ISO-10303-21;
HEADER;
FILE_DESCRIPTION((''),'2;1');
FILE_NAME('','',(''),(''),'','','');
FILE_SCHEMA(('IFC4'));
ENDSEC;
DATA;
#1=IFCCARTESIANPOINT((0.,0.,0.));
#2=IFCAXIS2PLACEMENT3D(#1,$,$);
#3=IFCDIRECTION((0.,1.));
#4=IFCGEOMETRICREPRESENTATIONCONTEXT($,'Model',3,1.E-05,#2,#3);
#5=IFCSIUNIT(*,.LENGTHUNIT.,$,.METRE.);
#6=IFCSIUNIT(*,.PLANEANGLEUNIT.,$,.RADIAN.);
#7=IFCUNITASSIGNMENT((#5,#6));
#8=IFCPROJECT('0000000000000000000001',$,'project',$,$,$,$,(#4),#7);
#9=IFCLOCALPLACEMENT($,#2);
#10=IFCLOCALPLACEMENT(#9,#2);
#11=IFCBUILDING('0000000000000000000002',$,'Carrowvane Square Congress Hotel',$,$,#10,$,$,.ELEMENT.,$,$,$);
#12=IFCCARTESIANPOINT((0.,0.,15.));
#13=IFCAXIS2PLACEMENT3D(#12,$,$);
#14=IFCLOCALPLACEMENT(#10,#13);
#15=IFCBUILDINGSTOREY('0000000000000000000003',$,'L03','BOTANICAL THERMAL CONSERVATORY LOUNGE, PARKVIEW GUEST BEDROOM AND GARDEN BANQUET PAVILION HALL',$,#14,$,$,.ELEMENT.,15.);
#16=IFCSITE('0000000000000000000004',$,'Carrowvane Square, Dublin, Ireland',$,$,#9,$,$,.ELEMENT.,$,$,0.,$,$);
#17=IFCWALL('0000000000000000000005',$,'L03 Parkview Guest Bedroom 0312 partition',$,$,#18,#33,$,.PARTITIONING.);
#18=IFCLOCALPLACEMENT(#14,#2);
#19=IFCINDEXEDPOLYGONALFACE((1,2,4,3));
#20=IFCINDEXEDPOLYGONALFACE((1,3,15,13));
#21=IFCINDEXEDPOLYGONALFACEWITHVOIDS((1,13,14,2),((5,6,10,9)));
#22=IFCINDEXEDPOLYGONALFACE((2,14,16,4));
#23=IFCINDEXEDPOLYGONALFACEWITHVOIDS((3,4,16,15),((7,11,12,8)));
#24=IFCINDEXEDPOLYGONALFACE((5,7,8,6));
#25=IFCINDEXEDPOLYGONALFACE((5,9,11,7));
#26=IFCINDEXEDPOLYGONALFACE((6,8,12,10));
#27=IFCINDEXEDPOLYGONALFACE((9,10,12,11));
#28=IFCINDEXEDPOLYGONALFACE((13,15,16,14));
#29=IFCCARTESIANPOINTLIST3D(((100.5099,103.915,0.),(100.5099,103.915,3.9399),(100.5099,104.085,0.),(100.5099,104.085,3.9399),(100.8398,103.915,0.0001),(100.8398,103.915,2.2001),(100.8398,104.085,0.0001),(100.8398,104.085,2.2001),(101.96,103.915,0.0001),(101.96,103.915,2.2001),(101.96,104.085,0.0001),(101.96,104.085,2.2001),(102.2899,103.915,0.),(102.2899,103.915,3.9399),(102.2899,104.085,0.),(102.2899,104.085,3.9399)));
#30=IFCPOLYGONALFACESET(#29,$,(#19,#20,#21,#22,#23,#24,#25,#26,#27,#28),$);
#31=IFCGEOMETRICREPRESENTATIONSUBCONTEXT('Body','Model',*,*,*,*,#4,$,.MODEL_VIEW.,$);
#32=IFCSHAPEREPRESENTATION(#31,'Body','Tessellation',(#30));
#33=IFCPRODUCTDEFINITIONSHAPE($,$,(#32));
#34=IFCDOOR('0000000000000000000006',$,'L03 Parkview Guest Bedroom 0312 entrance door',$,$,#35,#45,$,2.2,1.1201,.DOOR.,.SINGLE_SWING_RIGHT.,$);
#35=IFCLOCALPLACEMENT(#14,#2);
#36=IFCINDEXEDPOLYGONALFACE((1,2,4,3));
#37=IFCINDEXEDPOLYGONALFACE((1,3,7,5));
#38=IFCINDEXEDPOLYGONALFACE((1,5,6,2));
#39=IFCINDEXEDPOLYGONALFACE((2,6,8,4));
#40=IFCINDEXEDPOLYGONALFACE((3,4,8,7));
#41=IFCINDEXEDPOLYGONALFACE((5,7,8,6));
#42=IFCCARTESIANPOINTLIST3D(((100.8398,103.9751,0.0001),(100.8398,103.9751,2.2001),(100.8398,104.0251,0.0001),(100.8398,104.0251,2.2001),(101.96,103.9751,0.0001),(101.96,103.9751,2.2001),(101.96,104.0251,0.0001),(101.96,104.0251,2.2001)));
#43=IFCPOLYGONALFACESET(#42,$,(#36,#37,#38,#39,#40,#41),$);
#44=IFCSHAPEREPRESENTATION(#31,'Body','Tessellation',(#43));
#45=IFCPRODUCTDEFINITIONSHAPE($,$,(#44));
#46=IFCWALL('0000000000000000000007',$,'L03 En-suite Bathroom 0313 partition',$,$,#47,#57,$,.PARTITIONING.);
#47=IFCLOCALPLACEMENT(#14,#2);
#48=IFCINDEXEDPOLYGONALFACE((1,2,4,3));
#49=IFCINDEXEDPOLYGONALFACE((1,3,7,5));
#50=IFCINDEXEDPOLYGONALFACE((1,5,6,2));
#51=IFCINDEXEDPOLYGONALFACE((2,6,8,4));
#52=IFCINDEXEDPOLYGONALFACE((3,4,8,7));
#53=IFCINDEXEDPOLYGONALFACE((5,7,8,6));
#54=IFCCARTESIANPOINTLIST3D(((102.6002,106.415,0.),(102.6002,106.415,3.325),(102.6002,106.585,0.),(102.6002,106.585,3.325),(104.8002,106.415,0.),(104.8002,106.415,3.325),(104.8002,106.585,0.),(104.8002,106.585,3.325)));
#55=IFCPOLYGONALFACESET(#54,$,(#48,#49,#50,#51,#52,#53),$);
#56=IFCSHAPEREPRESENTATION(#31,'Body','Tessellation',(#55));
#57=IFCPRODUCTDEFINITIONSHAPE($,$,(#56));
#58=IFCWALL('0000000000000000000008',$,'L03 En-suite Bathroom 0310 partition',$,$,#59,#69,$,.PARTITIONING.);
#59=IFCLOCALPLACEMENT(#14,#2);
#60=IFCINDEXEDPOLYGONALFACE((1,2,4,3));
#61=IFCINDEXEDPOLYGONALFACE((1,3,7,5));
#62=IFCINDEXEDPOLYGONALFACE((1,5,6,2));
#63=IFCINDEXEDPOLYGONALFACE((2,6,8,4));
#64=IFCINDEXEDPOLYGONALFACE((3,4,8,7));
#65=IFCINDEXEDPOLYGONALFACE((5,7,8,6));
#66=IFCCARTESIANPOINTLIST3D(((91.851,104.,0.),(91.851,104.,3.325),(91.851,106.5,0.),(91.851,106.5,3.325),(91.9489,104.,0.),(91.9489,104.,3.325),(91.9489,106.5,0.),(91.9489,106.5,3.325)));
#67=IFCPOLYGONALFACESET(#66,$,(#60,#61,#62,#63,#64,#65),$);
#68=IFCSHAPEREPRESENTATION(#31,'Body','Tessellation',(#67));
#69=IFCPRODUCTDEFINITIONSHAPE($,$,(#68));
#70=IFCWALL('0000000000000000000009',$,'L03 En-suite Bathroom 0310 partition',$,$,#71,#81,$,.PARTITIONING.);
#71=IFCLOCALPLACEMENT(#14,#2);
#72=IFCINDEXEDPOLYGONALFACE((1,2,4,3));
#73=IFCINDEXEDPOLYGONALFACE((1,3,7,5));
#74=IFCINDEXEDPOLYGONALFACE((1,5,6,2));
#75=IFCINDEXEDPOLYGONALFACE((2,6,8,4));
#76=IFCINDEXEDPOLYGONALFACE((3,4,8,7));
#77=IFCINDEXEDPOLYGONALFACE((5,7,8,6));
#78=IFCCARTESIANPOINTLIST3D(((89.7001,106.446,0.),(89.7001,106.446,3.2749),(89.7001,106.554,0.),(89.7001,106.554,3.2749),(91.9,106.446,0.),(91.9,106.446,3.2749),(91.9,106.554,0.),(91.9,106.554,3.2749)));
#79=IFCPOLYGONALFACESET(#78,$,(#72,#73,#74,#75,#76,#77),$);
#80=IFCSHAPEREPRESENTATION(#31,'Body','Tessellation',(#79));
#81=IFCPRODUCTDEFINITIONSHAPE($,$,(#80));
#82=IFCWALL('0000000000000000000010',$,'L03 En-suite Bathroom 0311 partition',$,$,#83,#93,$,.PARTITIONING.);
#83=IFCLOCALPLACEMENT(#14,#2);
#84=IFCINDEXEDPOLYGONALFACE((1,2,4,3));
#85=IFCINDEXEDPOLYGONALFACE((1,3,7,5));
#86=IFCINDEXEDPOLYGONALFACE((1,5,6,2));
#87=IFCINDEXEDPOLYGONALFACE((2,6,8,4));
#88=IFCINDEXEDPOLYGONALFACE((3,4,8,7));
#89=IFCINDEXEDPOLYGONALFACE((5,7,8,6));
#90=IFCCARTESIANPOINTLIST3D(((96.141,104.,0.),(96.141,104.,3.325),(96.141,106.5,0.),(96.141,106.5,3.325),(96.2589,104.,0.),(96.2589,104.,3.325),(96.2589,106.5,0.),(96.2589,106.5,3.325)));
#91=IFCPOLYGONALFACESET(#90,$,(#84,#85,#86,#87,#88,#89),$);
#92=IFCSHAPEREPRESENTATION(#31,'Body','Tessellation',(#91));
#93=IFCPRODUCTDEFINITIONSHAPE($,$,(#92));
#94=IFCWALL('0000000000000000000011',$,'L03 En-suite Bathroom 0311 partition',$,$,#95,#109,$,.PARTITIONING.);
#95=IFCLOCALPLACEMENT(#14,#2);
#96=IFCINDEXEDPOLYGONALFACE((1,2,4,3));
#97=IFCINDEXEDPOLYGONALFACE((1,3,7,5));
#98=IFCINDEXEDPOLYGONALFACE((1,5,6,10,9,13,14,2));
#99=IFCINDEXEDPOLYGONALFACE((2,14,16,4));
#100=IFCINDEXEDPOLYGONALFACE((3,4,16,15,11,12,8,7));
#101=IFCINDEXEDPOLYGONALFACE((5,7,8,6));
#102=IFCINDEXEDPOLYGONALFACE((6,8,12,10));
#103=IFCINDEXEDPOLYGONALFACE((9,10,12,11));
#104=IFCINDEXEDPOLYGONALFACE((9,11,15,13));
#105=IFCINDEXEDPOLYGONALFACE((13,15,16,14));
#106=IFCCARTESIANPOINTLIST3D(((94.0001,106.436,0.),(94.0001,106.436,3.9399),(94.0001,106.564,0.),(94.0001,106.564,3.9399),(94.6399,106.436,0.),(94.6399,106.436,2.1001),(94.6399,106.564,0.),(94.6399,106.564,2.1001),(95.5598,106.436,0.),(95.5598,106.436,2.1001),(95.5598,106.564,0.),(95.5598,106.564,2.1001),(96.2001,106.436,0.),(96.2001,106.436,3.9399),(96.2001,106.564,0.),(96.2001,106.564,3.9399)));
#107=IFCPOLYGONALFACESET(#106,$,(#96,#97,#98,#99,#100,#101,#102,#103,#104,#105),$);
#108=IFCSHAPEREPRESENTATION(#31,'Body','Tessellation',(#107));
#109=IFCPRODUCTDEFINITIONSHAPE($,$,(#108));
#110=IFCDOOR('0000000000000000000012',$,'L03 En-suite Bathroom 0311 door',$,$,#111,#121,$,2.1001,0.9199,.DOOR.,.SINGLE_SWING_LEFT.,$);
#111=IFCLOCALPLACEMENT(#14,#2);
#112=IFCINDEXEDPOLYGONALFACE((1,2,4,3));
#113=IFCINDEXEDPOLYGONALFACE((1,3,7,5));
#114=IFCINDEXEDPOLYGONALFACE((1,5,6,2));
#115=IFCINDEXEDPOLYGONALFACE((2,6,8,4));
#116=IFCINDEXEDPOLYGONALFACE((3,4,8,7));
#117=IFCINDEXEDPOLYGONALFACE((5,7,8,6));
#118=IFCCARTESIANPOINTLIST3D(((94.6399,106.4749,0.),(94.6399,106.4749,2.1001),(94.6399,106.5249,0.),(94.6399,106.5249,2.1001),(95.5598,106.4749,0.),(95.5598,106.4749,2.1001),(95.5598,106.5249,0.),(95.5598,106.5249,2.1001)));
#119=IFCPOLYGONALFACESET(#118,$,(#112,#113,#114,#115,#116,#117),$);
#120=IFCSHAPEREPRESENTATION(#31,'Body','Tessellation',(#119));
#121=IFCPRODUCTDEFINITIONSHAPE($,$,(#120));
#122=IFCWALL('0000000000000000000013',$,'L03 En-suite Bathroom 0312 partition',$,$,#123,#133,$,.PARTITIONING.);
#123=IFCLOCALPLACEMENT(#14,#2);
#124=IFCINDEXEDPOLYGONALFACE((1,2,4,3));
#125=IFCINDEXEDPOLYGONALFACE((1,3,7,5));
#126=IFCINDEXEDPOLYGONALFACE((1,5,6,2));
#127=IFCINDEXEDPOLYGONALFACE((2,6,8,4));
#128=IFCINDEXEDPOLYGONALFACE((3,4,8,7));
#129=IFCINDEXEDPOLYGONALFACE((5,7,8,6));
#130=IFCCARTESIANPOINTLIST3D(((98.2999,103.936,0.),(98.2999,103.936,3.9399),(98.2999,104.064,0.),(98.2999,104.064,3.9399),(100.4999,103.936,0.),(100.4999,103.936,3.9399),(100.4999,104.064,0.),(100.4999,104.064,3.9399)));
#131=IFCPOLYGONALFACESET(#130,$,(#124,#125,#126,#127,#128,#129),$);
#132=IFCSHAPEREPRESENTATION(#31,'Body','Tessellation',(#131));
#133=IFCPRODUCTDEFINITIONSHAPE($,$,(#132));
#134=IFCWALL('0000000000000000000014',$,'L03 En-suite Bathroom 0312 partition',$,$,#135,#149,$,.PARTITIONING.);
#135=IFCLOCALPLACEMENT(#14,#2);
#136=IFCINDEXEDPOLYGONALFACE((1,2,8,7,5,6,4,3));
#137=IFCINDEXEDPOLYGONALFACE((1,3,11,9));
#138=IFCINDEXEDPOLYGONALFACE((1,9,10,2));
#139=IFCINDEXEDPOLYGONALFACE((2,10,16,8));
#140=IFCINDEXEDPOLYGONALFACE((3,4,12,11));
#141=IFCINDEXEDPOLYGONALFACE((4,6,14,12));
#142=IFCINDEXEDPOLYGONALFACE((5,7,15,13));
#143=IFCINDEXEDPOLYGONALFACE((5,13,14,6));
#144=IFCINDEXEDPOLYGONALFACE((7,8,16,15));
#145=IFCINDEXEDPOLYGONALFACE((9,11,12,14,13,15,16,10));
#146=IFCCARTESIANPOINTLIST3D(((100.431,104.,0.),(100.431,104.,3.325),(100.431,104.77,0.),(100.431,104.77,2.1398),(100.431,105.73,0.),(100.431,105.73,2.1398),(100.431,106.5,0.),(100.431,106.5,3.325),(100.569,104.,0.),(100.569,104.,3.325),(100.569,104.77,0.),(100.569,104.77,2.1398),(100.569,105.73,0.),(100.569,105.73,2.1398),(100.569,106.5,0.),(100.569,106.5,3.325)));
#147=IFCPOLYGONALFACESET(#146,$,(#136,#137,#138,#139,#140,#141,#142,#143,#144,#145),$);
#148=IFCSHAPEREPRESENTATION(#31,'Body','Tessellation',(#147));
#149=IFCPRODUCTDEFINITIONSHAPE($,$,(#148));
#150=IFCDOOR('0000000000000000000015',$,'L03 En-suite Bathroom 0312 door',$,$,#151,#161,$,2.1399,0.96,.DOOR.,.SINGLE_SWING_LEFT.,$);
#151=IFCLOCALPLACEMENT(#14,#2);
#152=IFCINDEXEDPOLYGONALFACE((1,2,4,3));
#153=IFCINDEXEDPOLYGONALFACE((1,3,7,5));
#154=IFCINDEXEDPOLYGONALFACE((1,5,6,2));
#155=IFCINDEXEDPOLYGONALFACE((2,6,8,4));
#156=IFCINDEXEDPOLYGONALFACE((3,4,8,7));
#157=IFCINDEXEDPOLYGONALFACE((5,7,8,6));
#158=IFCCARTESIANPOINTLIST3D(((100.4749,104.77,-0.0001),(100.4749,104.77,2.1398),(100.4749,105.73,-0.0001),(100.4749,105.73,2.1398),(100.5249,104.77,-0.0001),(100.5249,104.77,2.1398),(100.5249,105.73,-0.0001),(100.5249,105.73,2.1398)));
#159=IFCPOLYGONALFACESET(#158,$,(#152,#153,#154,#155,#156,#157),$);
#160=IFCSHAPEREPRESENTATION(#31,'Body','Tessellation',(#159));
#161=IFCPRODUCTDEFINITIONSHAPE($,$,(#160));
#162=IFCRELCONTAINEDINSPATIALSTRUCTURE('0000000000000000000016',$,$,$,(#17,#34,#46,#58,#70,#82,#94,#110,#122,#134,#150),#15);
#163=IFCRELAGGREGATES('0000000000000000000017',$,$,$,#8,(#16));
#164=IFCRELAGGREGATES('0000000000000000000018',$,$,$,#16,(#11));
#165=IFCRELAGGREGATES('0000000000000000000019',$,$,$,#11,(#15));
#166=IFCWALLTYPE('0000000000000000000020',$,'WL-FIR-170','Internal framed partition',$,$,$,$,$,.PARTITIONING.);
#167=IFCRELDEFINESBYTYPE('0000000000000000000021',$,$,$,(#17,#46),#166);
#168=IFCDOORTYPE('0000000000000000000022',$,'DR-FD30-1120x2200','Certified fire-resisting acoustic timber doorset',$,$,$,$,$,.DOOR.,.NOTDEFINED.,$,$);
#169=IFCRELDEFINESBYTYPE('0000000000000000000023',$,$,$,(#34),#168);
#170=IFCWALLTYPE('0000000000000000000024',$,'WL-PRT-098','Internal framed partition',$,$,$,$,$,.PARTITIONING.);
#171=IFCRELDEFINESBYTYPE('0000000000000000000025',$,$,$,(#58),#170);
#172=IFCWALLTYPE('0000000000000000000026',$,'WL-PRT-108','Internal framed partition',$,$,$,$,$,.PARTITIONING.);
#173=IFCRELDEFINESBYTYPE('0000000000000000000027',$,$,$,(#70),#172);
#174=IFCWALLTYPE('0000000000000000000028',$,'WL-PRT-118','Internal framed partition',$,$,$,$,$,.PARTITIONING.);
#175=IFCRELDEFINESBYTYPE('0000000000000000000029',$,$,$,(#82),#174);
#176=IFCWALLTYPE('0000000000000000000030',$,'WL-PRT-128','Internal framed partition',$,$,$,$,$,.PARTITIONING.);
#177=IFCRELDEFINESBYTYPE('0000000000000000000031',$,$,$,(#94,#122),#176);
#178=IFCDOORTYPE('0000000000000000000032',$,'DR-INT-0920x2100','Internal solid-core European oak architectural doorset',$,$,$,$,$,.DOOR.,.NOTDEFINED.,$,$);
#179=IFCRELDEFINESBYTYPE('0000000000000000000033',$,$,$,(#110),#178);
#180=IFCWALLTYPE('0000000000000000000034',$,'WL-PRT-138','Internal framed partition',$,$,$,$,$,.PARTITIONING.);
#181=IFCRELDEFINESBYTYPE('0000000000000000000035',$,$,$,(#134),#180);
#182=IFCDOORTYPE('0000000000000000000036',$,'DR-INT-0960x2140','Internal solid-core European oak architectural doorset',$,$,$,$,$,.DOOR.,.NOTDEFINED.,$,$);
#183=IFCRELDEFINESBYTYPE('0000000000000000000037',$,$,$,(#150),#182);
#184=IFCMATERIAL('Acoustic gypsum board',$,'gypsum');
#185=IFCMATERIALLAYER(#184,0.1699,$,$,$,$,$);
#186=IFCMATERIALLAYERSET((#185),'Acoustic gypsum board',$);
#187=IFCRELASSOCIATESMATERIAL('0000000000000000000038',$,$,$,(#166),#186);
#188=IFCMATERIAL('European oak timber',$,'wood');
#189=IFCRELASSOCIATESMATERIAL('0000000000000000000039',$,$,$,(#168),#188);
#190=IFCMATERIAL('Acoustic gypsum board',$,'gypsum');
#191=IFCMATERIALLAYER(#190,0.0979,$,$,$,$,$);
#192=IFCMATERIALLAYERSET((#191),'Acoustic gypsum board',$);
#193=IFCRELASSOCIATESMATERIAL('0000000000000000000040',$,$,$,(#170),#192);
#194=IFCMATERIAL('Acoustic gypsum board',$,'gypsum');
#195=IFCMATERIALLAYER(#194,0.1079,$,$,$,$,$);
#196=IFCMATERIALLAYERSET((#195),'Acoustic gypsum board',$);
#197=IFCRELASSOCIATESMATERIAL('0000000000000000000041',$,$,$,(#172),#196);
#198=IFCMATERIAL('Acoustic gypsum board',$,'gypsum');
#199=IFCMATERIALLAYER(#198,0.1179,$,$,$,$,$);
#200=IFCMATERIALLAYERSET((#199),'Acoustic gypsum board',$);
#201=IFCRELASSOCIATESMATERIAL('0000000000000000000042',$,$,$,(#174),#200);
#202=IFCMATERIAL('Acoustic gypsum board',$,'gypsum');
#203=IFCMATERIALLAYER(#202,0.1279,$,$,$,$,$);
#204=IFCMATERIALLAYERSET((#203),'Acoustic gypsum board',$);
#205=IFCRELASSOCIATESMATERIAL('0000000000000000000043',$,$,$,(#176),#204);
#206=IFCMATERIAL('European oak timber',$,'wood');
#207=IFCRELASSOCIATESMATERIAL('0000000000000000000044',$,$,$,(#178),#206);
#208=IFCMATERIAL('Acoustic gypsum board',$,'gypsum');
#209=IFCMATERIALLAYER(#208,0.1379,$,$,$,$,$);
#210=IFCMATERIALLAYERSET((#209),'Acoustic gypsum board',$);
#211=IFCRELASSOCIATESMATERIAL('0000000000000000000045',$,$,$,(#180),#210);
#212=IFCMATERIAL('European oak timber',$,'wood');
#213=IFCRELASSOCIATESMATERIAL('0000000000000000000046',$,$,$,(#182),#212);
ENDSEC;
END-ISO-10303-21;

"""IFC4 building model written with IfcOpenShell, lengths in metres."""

from ifc_helpers import new_model, si_unit, direction, frame, frame_2d, origin, place, context, subcontext, project, spatial, rectangle, extrude, material, layer, layer_set, type_object, element, fill, save


model = new_model("IFC4")

# Units and contexts
model_context = context("Model", 3, precision=1e-05, world=origin(), true_north=direction((0.0, 1.0)))
body_context = subcontext(model_context, "Body", "Model", "MODEL_VIEW")
ifc_project = project(units=[si_unit("LENGTHUNIT", "METRE"), si_unit("PLANEANGLEUNIT", "RADIAN")], contexts=[model_context])

# Site, building, storey
site_placement = place(None, origin())
site = spatial("IfcSite", under=ifc_project, at=site_placement, Name="Carrowvane Square, Dublin, Ireland", CompositionType="ELEMENT", RefElevation=0.0)
building_placement = place(site_placement, origin())
building = spatial("IfcBuilding", under=site, at=building_placement, Name="Carrowvane Square Congress Hotel", CompositionType="ELEMENT")
storey_placement = place(building_placement, frame((0.0, 0.0, 15.0)))
storey = spatial("IfcBuildingStorey", under=building, at=storey_placement, Name="L03", Description="BOTANICAL THERMAL CONSERVATORY LOUNGE, PARKVIEW GUEST BEDROOM AND GARDEN BANQUET PAVILION HALL", CompositionType="ELEMENT", Elevation=15.0)

# Wall, opening, door
ifc_material_1 = material(Name="Acoustic gypsum board", Category="gypsum")
ifc_layer_1 = layer(ifc_material_1, 0.1699)
ifc_layer_set_1 = layer_set([ifc_layer_1], Name="Acoustic gypsum board")
wall_type_1 = type_object("IfcWallType", Name="WL-FIR-170", Description="Internal framed partition", PredefinedType="PARTITIONING", material=ifc_layer_set_1)
wall_1_placement = place(storey_placement, frame((102.29, 104.0, 0.0), z_axis=(0.0, 0.0, 1.0), x_axis=(-1.0, 0.0, 0.0)))
wall_1 = element("IfcWall", 1, at=wall_1_placement, inside=storey, type_object=wall_type_1, Name="L03 Parkview Guest Bedroom 0312 partition", PredefinedType="PARTITIONING", context=body_context, shape_type="SweptSolid", body=[
    extrude(rectangle(XDim=1.78, YDim=0.1699, at=frame_2d((0.8901, 0.0))), origin(), (0.0, 0.0, 1.0), 3.9399),
])
opening_1_placement = place(wall_1_placement, frame((0.3301, 0.0, 0.0)))
opening_1 = element("IfcOpeningElement", 2, at=opening_1_placement, cuts=wall_1, PredefinedType="OPENING", context=body_context, shape_type="SweptSolid", body=[
    extrude(rectangle(XDim=1.1201, YDim=2.2, at=frame_2d((0.5601, 1.1001))), frame((0.0, 0.095, 0.0), z_axis=(0.0, -1.0, 0.0), x_axis=(1.0, 0.0, 0.0)), (0.0, 0.0, 1.0), 0.1899),
])
ifc_material_2 = material(Name="European oak timber", Category="wood")
door_type_1 = type_object("IfcDoorType", Name="DR-FD30-1120x2200", Description="Certified fire-resisting acoustic timber doorset", OperationType="NOTDEFINED", PredefinedType="DOOR", material=ifc_material_2)
door_1_placement = place(opening_1_placement, origin())
door_1 = element("IfcDoor", 3, at=door_1_placement, inside=storey, type_object=door_type_1, Name="L03 Parkview Guest Bedroom 0312 entrance door", OperationType="SINGLE_SWING_RIGHT", OverallHeight=2.2, OverallWidth=1.1201, PredefinedType="DOOR", context=body_context, shape_type="SweptSolid", body=[
    extrude(rectangle(XDim=1.1201, YDim=2.2, at=frame_2d((0.5601, 1.1001))), frame((0.0, 0.0249, 0.0), z_axis=(0.0, -1.0, 0.0), x_axis=(1.0, 0.0, 0.0)), (0.0, 0.0, 1.0), 0.05),
])
fill(opening_1, door_1)

# Walls
wall_2_placement = place(storey_placement, frame((102.6001, 106.5, 0.0), z_axis=(0.0, 0.0, 1.0), x_axis=(1.0, 0.0, 0.0)))
element("IfcWall", 4, at=wall_2_placement, inside=storey, type_object=wall_type_1, Name="L03 En-suite Bathroom 0313 partition", PredefinedType="PARTITIONING", context=body_context, shape_type="SweptSolid", body=[
    extrude(rectangle(XDim=2.2, YDim=0.1699, at=frame_2d((1.1001, 0.0))), origin(), (0.0, 0.0, 1.0), 3.325),
])
ifc_material_3 = material(Name="Acoustic gypsum board", Category="gypsum")
ifc_layer_2 = layer(ifc_material_3, 0.0979)
ifc_layer_set_2 = layer_set([ifc_layer_2], Name="Acoustic gypsum board")
wall_type_2 = type_object("IfcWallType", Name="WL-PRT-098", Description="Internal framed partition", PredefinedType="PARTITIONING", material=ifc_layer_set_2)
wall_3_placement = place(storey_placement, frame((91.8999, 106.5, 0.0), z_axis=(0.0, 0.0, 1.0), x_axis=(0.0, -1.0, 0.0)))
element("IfcWall", 5, at=wall_3_placement, inside=storey, type_object=wall_type_2, Name="L03 En-suite Bathroom 0310 partition", PredefinedType="PARTITIONING", context=body_context, shape_type="SweptSolid", body=[
    extrude(rectangle(XDim=2.5, YDim=0.0979, at=frame_2d((1.25, 0.0))), origin(), (0.0, 0.0, 1.0), 3.325),
])
ifc_material_4 = material(Name="Acoustic gypsum board", Category="gypsum")
ifc_layer_3 = layer(ifc_material_4, 0.1079)
ifc_layer_set_3 = layer_set([ifc_layer_3], Name="Acoustic gypsum board")
wall_type_3 = type_object("IfcWallType", Name="WL-PRT-108", Description="Internal framed partition", PredefinedType="PARTITIONING", material=ifc_layer_set_3)
wall_4_placement = place(storey_placement, frame((89.7, 106.5, 0.0), z_axis=(0.0, 0.0, 1.0), x_axis=(1.0, 0.0, 0.0)))
element("IfcWall", 6, at=wall_4_placement, inside=storey, type_object=wall_type_3, Name="L03 En-suite Bathroom 0310 partition", PredefinedType="PARTITIONING", context=body_context, shape_type="SweptSolid", body=[
    extrude(rectangle(XDim=2.2, YDim=0.1079, at=frame_2d((1.1001, 0.0))), origin(), (0.0, 0.0, 1.0), 3.2749),
])
ifc_material_5 = material(Name="Acoustic gypsum board", Category="gypsum")
ifc_layer_4 = layer(ifc_material_5, 0.1179)
ifc_layer_set_4 = layer_set([ifc_layer_4], Name="Acoustic gypsum board")
wall_type_4 = type_object("IfcWallType", Name="WL-PRT-118", Description="Internal framed partition", PredefinedType="PARTITIONING", material=ifc_layer_set_4)
wall_5_placement = place(storey_placement, frame((96.2, 106.5, 0.0), z_axis=(0.0, 0.0, 1.0), x_axis=(0.0, -1.0, 0.0)))
element("IfcWall", 7, at=wall_5_placement, inside=storey, type_object=wall_type_4, Name="L03 En-suite Bathroom 0311 partition", PredefinedType="PARTITIONING", context=body_context, shape_type="SweptSolid", body=[
    extrude(rectangle(XDim=2.5, YDim=0.1179, at=frame_2d((1.25, 0.0))), origin(), (0.0, 0.0, 1.0), 3.325),
])

# Wall, opening, door
ifc_material_6 = material(Name="Acoustic gypsum board", Category="gypsum")
ifc_layer_5 = layer(ifc_material_6, 0.1279)
ifc_layer_set_5 = layer_set([ifc_layer_5], Name="Acoustic gypsum board")
wall_type_5 = type_object("IfcWallType", Name="WL-PRT-128", Description="Internal framed partition", PredefinedType="PARTITIONING", material=ifc_layer_set_5)
wall_6_placement = place(storey_placement, frame((94.0, 106.5, 0.0), z_axis=(0.0, 0.0, 1.0), x_axis=(1.0, 0.0, 0.0)))
wall_6 = element("IfcWall", 8, at=wall_6_placement, inside=storey, type_object=wall_type_5, Name="L03 En-suite Bathroom 0311 partition", PredefinedType="PARTITIONING", context=body_context, shape_type="SweptSolid", body=[
    extrude(rectangle(XDim=2.2, YDim=0.1279, at=frame_2d((1.1001, 0.0))), origin(), (0.0, 0.0, 1.0), 3.9399),
])
opening_2_placement = place(wall_6_placement, frame((0.6399, 0.0, 0.0)))
opening_2 = element("IfcOpeningElement", 9, at=opening_2_placement, cuts=wall_6, PredefinedType="OPENING", context=body_context, shape_type="SweptSolid", body=[
    extrude(rectangle(XDim=0.9199, YDim=2.1001, at=frame_2d((0.46, 1.05))), frame((0.0, 0.074, 0.0), z_axis=(0.0, -1.0, 0.0), x_axis=(1.0, 0.0, 0.0)), (0.0, 0.0, 1.0), 0.1479),
])
ifc_material_7 = material(Name="European oak timber", Category="wood")
door_type_2 = type_object("IfcDoorType", Name="DR-INT-0920x2100", Description="Internal solid-core European oak architectural doorset", OperationType="NOTDEFINED", PredefinedType="DOOR", material=ifc_material_7)
door_2_placement = place(opening_2_placement, origin())
door_2 = element("IfcDoor", 10, at=door_2_placement, inside=storey, type_object=door_type_2, Name="L03 En-suite Bathroom 0311 door", OperationType="SINGLE_SWING_LEFT", OverallHeight=2.1001, OverallWidth=0.9199, PredefinedType="DOOR", context=body_context, shape_type="SweptSolid", body=[
    extrude(rectangle(XDim=0.9199, YDim=2.1001, at=frame_2d((0.46, 1.05))), frame((0.0, 0.0249, 0.0), z_axis=(0.0, -1.0, 0.0), x_axis=(1.0, 0.0, 0.0)), (0.0, 0.0, 1.0), 0.05),
])
fill(opening_2, door_2)

# Wall
wall_7_placement = place(storey_placement, frame((100.5, 104.0, 0.0), z_axis=(0.0, 0.0, 1.0), x_axis=(-1.0, 0.0, 0.0)))
element("IfcWall", 11, at=wall_7_placement, inside=storey, type_object=wall_type_5, Name="L03 En-suite Bathroom 0312 partition", PredefinedType="PARTITIONING", context=body_context, shape_type="SweptSolid", body=[
    extrude(rectangle(XDim=2.2, YDim=0.1279, at=frame_2d((1.1001, 0.0))), origin(), (0.0, 0.0, 1.0), 3.9399),
])

# Wall, opening, door
ifc_material_8 = material(Name="Acoustic gypsum board", Category="gypsum")
ifc_layer_6 = layer(ifc_material_8, 0.1379)
ifc_layer_set_6 = layer_set([ifc_layer_6], Name="Acoustic gypsum board")
wall_type_6 = type_object("IfcWallType", Name="WL-PRT-138", Description="Internal framed partition", PredefinedType="PARTITIONING", material=ifc_layer_set_6)
wall_8_placement = place(storey_placement, frame((100.5, 106.5, 0.0), z_axis=(0.0, 0.0, 1.0), x_axis=(0.0, -1.0, 0.0)))
wall_8 = element("IfcWall", 12, at=wall_8_placement, inside=storey, type_object=wall_type_6, Name="L03 En-suite Bathroom 0312 partition", PredefinedType="PARTITIONING", context=body_context, shape_type="SweptSolid", body=[
    extrude(rectangle(XDim=2.5, YDim=0.1379, at=frame_2d((1.25, 0.0))), origin(), (0.0, 0.0, 1.0), 3.325),
])
opening_3_placement = place(wall_8_placement, frame((0.77, 0.0, 0.0)))
opening_3 = element("IfcOpeningElement", 13, at=opening_3_placement, cuts=wall_8, PredefinedType="OPENING", context=body_context, shape_type="SweptSolid", body=[
    extrude(rectangle(XDim=0.96, YDim=2.1399, at=frame_2d((0.48, 1.0698))), frame((0.0, 0.0789, 0.0), z_axis=(0.0, -1.0, 0.0), x_axis=(1.0, 0.0, 0.0)), (0.0, 0.0, 1.0), 0.158),
])
ifc_material_9 = material(Name="European oak timber", Category="wood")
door_type_3 = type_object("IfcDoorType", Name="DR-INT-0960x2140", Description="Internal solid-core European oak architectural doorset", OperationType="NOTDEFINED", PredefinedType="DOOR", material=ifc_material_9)
door_3_placement = place(opening_3_placement, origin())
door_3 = element("IfcDoor", 14, at=door_3_placement, inside=storey, type_object=door_type_3, Name="L03 En-suite Bathroom 0312 door", OperationType="SINGLE_SWING_LEFT", OverallHeight=2.1399, OverallWidth=0.96, PredefinedType="DOOR", context=body_context, shape_type="SweptSolid", body=[
    extrude(rectangle(XDim=0.96, YDim=2.1399, at=frame_2d((0.48, 1.0698))), frame((0.0, 0.0249, 0.0), z_axis=(0.0, -1.0, 0.0), x_axis=(1.0, 0.0, 0.0)), (0.0, 0.0, 1.0), 0.05),
])
fill(opening_3, door_3)

save(model, "model.ifc")
